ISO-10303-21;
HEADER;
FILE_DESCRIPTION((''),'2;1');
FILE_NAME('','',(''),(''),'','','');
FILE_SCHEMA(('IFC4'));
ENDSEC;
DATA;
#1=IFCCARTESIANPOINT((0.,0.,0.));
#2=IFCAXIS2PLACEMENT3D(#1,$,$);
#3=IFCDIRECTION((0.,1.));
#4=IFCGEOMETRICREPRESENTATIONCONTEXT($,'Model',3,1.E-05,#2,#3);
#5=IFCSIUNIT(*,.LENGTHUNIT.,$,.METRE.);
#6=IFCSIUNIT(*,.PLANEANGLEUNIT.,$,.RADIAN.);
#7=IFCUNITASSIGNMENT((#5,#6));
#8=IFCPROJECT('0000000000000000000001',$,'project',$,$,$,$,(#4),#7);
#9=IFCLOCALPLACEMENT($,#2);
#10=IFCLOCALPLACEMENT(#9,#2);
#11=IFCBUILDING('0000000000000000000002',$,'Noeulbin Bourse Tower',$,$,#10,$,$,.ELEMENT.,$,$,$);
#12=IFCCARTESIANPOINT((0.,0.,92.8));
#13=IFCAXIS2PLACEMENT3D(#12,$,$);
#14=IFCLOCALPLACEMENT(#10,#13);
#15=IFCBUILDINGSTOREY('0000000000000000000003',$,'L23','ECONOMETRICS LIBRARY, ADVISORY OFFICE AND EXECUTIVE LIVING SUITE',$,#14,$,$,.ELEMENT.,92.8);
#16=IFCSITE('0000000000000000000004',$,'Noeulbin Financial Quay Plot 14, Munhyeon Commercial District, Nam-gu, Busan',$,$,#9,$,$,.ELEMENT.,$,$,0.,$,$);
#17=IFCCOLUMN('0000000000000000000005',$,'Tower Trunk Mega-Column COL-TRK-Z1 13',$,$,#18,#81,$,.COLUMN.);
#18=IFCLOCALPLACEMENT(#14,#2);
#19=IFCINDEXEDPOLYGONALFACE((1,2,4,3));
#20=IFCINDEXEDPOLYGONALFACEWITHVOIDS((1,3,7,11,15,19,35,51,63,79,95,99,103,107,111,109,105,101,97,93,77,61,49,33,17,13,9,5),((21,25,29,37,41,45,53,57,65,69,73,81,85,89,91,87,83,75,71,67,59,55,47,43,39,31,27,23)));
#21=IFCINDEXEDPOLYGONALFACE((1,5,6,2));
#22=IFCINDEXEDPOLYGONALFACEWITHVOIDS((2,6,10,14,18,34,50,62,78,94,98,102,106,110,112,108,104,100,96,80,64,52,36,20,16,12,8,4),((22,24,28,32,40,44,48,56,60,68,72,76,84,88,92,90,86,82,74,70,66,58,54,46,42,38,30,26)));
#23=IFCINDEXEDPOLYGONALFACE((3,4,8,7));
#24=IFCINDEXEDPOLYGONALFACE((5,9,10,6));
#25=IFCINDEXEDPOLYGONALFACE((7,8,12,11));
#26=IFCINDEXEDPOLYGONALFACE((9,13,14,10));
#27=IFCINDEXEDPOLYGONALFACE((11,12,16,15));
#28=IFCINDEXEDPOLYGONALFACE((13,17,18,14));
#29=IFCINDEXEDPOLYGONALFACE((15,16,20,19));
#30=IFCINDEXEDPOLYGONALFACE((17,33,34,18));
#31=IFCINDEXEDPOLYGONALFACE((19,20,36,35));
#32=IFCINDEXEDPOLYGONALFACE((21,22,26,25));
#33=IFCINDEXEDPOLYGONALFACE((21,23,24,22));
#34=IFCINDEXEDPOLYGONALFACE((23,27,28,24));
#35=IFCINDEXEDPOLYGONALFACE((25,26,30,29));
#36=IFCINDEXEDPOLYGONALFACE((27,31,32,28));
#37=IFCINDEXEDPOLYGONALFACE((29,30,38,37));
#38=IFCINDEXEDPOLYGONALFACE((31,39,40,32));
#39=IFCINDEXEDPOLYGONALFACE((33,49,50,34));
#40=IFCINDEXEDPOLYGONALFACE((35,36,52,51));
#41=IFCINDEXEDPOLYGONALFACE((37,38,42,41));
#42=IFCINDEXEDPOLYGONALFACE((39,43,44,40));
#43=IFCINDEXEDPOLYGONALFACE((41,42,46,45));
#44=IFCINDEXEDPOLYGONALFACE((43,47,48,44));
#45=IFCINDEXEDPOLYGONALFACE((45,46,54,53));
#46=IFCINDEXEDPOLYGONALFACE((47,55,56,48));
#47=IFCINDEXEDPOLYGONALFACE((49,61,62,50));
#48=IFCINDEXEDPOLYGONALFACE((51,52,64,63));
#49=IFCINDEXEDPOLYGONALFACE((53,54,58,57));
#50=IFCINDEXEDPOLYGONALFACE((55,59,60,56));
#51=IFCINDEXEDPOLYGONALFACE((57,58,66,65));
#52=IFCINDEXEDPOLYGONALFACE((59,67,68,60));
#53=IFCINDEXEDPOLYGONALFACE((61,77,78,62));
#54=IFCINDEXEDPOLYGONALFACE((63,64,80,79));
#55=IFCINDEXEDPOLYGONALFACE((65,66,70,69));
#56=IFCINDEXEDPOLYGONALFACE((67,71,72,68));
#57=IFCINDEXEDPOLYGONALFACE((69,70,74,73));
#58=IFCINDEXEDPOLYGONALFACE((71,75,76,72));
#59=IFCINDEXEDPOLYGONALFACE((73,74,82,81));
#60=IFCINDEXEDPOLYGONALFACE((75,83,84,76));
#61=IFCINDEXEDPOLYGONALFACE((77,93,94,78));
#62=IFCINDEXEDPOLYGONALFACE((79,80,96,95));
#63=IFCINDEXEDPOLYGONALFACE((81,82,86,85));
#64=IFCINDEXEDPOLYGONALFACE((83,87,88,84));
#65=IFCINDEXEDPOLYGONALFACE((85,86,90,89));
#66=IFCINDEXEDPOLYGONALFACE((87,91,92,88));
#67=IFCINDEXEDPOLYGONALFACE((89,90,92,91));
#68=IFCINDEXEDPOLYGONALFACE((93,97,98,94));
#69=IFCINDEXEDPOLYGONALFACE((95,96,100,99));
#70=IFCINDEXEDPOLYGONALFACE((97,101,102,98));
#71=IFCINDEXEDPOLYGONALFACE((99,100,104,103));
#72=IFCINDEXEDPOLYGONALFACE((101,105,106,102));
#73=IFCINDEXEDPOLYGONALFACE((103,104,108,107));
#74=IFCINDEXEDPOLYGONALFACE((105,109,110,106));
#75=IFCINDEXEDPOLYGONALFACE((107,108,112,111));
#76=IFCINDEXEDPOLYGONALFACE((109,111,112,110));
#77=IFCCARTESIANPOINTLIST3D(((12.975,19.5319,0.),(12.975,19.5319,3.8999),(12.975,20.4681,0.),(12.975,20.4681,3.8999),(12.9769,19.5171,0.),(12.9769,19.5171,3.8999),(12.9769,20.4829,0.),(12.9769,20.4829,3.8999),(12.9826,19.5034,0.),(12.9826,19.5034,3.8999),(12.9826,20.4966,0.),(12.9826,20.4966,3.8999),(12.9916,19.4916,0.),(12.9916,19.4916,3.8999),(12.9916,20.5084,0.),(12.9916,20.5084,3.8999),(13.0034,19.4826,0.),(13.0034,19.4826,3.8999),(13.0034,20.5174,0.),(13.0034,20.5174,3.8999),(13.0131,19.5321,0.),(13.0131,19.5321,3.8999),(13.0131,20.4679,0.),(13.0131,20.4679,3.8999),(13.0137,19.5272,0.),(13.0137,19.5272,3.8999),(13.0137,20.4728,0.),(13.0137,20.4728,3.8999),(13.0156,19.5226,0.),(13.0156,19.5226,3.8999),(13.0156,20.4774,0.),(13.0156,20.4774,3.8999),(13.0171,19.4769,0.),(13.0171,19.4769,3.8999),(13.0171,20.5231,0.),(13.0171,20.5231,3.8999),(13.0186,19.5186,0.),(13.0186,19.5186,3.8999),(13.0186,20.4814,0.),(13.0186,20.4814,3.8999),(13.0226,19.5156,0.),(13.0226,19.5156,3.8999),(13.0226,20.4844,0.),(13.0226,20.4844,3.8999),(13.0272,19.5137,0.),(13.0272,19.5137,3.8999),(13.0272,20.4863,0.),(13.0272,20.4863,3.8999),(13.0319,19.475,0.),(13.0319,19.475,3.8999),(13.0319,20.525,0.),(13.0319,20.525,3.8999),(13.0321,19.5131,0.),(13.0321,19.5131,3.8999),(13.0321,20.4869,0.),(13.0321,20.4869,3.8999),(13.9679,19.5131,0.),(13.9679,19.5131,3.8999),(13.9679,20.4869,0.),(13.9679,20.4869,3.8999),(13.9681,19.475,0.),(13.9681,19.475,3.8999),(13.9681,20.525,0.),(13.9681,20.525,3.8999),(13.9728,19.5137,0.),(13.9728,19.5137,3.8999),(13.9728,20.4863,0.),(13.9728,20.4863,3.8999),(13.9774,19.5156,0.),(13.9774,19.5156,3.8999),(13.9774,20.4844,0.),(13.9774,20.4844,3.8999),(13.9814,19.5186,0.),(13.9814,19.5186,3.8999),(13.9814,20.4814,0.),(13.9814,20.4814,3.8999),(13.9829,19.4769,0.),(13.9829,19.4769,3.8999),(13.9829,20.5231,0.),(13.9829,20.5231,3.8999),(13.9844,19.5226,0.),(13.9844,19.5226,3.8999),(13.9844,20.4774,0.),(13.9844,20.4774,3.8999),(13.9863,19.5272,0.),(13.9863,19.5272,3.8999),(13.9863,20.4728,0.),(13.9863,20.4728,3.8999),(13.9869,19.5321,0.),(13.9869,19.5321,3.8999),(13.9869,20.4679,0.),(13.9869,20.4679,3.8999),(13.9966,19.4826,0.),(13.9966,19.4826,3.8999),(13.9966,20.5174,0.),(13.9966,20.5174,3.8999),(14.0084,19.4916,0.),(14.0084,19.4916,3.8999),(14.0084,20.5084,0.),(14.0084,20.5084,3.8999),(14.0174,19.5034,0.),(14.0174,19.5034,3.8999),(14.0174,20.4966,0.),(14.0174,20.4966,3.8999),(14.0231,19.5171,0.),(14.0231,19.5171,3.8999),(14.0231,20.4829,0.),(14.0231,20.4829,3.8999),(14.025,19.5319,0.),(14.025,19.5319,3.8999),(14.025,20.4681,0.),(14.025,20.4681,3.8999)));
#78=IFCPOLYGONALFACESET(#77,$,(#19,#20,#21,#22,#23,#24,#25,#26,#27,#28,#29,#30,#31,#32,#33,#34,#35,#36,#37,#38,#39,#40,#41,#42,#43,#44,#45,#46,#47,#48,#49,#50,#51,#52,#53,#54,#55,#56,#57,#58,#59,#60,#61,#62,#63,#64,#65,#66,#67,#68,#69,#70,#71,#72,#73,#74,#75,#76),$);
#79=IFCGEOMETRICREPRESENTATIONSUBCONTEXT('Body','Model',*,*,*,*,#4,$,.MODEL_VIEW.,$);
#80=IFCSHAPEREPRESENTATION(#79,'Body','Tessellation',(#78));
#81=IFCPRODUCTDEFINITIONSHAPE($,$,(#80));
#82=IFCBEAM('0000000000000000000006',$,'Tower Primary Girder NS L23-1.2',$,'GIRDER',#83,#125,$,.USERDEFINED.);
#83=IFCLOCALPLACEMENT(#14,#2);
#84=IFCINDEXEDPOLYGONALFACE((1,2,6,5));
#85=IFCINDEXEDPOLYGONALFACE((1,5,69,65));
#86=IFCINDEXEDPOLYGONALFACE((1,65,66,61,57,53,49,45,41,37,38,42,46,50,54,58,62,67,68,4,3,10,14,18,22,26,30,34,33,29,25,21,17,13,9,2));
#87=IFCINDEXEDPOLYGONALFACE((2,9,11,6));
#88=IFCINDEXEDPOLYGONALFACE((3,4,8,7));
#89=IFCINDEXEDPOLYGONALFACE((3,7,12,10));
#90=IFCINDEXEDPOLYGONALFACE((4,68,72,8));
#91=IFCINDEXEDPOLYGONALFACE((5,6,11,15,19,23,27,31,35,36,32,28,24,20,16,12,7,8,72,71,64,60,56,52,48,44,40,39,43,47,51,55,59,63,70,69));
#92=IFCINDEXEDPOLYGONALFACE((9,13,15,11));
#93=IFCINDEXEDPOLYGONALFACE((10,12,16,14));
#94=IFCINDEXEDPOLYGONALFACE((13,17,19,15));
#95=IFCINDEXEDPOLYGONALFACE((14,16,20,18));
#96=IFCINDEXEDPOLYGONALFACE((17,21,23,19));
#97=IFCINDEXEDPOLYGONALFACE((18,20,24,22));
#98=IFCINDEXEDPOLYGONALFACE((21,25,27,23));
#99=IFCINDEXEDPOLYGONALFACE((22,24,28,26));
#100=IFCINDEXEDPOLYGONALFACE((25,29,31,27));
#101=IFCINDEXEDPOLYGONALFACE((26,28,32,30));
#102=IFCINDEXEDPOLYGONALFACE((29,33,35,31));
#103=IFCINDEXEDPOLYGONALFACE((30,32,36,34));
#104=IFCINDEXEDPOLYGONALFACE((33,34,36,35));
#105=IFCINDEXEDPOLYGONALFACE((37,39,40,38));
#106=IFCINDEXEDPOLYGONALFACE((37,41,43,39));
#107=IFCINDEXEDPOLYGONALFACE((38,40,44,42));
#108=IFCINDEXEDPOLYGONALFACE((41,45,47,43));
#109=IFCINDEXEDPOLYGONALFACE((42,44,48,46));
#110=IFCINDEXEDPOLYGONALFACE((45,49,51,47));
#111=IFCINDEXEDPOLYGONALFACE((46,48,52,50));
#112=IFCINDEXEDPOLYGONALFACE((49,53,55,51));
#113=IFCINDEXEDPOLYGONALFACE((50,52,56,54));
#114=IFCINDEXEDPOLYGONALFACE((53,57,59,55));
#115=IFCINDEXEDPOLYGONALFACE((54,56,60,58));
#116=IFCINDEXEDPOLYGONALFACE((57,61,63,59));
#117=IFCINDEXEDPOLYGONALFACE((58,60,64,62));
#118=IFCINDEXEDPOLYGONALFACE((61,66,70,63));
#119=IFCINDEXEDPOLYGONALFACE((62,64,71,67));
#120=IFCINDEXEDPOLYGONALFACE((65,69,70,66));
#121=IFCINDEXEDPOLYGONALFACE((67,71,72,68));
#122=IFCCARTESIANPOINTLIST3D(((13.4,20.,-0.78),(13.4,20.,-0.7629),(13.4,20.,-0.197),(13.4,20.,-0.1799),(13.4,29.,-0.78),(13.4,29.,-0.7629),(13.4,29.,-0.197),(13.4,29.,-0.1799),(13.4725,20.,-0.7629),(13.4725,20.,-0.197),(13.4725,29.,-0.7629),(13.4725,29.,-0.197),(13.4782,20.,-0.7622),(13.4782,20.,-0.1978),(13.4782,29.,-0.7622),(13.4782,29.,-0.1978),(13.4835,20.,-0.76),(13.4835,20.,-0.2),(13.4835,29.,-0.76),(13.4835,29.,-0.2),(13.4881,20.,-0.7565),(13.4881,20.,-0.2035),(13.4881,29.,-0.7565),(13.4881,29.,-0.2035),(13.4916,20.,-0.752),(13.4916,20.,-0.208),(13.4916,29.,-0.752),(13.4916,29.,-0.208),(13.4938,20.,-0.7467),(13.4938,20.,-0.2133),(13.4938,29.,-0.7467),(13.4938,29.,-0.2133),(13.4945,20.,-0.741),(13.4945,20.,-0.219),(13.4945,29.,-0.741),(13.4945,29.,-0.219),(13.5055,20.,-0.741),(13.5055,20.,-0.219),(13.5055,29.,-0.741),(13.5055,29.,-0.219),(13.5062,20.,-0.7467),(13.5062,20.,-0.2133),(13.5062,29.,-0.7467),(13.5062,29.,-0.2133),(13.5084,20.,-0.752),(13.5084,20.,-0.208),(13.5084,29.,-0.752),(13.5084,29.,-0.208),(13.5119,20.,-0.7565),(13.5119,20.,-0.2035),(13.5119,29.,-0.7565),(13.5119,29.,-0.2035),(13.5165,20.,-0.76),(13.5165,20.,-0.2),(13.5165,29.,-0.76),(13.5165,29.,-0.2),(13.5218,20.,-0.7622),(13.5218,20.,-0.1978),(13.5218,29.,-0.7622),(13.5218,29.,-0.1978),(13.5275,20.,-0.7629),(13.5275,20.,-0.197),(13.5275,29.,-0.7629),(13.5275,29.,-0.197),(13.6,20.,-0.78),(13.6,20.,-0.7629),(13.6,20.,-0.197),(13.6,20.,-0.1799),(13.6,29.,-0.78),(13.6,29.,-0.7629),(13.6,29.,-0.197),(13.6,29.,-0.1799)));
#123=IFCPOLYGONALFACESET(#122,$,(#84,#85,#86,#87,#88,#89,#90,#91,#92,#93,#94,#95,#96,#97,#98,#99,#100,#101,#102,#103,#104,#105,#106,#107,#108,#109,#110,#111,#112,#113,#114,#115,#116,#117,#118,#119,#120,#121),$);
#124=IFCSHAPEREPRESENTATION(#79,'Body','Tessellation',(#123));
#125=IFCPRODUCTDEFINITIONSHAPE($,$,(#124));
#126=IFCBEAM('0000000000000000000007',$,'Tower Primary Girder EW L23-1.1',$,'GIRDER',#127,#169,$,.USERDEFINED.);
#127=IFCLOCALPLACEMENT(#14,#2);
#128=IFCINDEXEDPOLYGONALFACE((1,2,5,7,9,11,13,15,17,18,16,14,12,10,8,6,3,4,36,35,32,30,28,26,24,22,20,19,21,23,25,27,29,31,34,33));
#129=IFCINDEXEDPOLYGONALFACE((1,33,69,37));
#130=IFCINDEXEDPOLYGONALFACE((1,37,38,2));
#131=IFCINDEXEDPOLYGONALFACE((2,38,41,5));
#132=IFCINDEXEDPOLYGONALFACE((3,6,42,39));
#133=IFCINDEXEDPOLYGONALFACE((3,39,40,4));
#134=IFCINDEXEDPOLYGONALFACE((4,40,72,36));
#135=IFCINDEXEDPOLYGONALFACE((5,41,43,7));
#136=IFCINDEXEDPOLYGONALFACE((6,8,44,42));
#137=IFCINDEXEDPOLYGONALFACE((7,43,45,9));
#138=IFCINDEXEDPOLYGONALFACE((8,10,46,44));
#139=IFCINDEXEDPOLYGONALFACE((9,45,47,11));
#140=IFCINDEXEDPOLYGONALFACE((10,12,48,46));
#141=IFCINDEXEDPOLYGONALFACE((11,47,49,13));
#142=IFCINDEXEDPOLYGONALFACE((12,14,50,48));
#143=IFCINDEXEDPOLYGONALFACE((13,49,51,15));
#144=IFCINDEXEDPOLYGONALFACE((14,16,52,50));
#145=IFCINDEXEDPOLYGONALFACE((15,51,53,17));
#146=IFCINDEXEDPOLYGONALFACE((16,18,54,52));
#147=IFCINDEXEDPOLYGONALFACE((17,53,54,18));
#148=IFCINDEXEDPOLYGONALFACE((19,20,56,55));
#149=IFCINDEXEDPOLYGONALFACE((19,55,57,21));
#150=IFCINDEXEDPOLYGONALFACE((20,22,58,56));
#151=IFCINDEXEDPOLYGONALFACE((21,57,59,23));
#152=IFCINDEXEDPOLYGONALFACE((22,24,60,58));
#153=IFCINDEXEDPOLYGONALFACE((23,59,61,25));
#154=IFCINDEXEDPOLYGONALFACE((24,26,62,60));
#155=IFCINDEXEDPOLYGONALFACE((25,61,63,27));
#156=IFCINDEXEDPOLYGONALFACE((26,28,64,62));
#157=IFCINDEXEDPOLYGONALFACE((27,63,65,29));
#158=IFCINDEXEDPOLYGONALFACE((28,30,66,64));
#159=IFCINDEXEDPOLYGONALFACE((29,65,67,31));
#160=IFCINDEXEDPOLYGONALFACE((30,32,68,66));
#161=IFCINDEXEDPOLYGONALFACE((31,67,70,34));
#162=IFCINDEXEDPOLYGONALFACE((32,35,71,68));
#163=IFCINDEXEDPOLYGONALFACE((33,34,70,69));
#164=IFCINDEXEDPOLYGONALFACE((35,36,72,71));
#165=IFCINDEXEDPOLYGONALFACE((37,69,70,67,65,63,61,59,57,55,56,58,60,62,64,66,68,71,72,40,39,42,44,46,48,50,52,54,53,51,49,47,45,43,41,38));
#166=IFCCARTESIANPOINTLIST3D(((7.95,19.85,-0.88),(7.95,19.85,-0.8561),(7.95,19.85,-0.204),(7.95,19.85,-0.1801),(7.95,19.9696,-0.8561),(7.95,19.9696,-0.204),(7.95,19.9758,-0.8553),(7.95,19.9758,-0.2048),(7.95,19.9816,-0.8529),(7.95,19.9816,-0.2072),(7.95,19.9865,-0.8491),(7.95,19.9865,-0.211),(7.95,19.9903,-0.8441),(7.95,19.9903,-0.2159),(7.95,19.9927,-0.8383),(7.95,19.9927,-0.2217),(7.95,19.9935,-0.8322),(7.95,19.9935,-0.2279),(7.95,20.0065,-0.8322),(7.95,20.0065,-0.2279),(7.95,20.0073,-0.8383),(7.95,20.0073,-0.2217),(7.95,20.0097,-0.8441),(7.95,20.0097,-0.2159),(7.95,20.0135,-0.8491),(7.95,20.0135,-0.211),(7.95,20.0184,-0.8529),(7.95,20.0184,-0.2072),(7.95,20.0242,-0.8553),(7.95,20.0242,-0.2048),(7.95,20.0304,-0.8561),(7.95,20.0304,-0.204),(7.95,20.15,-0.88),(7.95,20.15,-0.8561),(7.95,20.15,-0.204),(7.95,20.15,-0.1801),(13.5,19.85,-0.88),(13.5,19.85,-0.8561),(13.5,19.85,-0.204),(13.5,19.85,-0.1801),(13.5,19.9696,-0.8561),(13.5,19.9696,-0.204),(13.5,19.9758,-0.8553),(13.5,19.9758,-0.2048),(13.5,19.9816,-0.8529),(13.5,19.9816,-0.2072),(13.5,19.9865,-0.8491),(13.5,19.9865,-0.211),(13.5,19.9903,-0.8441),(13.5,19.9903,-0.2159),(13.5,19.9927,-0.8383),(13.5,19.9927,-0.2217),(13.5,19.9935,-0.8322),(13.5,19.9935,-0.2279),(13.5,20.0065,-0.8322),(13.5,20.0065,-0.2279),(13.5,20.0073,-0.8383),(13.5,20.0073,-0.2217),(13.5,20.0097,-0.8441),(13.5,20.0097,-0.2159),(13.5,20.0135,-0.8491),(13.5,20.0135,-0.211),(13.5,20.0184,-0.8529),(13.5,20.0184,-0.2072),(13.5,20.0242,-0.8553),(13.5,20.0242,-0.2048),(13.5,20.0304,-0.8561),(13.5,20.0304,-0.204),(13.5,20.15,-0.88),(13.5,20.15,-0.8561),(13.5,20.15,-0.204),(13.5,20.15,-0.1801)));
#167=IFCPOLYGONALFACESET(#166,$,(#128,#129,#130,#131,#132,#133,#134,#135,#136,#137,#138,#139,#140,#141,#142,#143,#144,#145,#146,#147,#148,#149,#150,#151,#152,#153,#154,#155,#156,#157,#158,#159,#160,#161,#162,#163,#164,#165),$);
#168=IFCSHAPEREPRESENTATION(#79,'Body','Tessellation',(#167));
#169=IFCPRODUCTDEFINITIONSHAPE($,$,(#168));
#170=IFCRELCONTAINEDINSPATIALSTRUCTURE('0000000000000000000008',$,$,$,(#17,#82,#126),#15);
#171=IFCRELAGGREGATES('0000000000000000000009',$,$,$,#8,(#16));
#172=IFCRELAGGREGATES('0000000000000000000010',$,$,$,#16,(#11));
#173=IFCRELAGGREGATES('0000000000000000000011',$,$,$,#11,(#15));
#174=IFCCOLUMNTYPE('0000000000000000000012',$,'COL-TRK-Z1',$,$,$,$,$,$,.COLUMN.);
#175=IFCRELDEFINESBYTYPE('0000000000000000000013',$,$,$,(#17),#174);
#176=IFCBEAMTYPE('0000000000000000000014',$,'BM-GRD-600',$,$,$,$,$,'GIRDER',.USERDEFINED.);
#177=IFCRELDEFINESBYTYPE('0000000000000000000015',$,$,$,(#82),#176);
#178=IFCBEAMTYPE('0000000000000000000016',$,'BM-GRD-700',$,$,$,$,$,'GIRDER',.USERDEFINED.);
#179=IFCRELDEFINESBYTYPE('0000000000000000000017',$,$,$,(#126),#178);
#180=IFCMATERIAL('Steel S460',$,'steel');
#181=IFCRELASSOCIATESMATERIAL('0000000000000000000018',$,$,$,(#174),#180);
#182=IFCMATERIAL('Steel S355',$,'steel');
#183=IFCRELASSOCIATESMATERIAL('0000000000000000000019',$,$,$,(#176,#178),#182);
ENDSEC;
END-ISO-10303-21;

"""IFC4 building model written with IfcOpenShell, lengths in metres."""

from ifc_helpers import new_model, si_unit, direction, frame, origin, origin_2d, place, context, subcontext, project, spatial, hollow_rectangle, i_section, extrude, material, material_profile, profile_set, type_object, element, save


model = new_model("IFC4")

# Units and contexts
model_context = context("Model", 3, precision=1e-05, world=origin(), true_north=direction((0.0, 1.0)))
body_context = subcontext(model_context, "Body", "Model", "MODEL_VIEW")
ifc_project = project(units=[si_unit("LENGTHUNIT", "METRE"), si_unit("PLANEANGLEUNIT", "RADIAN")], contexts=[model_context])

# Site, building, storey
site_placement = place(None, origin())
site = spatial("IfcSite", under=ifc_project, at=site_placement, Name="Noeulbin Financial Quay Plot 14, Munhyeon Commercial District, Nam-gu, Busan", CompositionType="ELEMENT", RefElevation=0.0)
building_placement = place(site_placement, origin())
building = spatial("IfcBuilding", under=site, at=building_placement, Name="Noeulbin Bourse Tower", CompositionType="ELEMENT")
storey_placement = place(building_placement, frame((0.0, 0.0, 92.8)))
storey = spatial("IfcBuildingStorey", under=building, at=storey_placement, Name="L23", Description="ECONOMETRICS LIBRARY, ADVISORY OFFICE AND EXECUTIVE LIVING SUITE", CompositionType="ELEMENT", Elevation=92.8)

# Column
ifc_material_1 = material(Name="Steel S460", Category="steel")
ifc_material_profile_1 = material_profile(ifc_material_1, hollow_rectangle(XDim=1.05, YDim=1.05, WallThickness=0.0381, InnerFilletRadius=0.019, OuterFilletRadius=0.0569, at=origin_2d()), Name="BOX-1050x1050x38", Category="LoadBearing")
ifc_profile_set_1 = profile_set([ifc_material_profile_1], Name="Steel S460")
column_type = type_object("IfcColumnType", Name="COL-TRK-Z1", PredefinedType="COLUMN", material=ifc_profile_set_1)
column_placement = place(storey_placement, frame((13.5, 20.0, 0.0), z_axis=(0.0, 0.0, 1.0), x_axis=(1.0, 0.0, 0.0)))
element("IfcColumn", 1, at=column_placement, inside=storey, type_object=column_type, Name="Tower Trunk Mega-Column COL-TRK-Z1 13", PredefinedType="COLUMN", context=body_context, shape_type="SweptSolid", body=[
    extrude(hollow_rectangle(XDim=1.05, YDim=1.05, WallThickness=0.0381, InnerFilletRadius=0.019, OuterFilletRadius=0.0569, at=origin_2d()), origin(), (0.0, 0.0, 1.0), 3.8999),
])

# Beams
ifc_material_2 = material(Name="Steel S355", Category="steel")
ifc_material_profile_2 = material_profile(ifc_material_2, i_section(OverallWidth=0.2, OverallDepth=0.6001, WebThickness=0.011, FlangeThickness=0.0171, FilletRadius=0.022, at=origin_2d()), Name="H-600x200x11x17", Category="LoadBearing")
ifc_profile_set_2 = profile_set([ifc_material_profile_2], Name="Steel S355")
beam_type_1 = type_object("IfcBeamType", Name="BM-GRD-600", ElementType="GIRDER", PredefinedType="USERDEFINED", material=ifc_profile_set_2)
beam_1_placement = place(storey_placement, frame((13.5, 20.0, -0.48), z_axis=(0.0, 1.0, 0.0), x_axis=(-1.0, 0.0, 0.0)))
element("IfcBeam", 2, at=beam_1_placement, inside=storey, type_object=beam_type_1, Name="Tower Primary Girder NS L23-1.2", ObjectType="GIRDER", PredefinedType="USERDEFINED", context=body_context, shape_type="SweptSolid", body=[
    extrude(i_section(OverallWidth=0.2, OverallDepth=0.6001, WebThickness=0.011, FlangeThickness=0.0171, FilletRadius=0.022, at=origin_2d()), origin(), (0.0, 0.0, 1.0), 9.0),
])
ifc_material_profile_3 = material_profile(ifc_material_2, i_section(OverallWidth=0.3, OverallDepth=0.7, WebThickness=0.0129, FlangeThickness=0.0239, FilletRadius=0.0239, at=origin_2d()), Name="H-700x300x13x24", Category="LoadBearing")
ifc_profile_set_3 = profile_set([ifc_material_profile_3], Name="Steel S355")
beam_type_2 = type_object("IfcBeamType", Name="BM-GRD-700", ElementType="GIRDER", PredefinedType="USERDEFINED", material=ifc_profile_set_3)
beam_2_placement = place(storey_placement, frame((7.95, 20.0, -0.53), z_axis=(1.0, 0.0, 0.0), x_axis=(0.0, 1.0, 0.0)))
element("IfcBeam", 3, at=beam_2_placement, inside=storey, type_object=beam_type_2, Name="Tower Primary Girder EW L23-1.1", ObjectType="GIRDER", PredefinedType="USERDEFINED", context=body_context, shape_type="SweptSolid", body=[
    extrude(i_section(OverallWidth=0.3, OverallDepth=0.7, WebThickness=0.0129, FlangeThickness=0.0239, FilletRadius=0.0239, at=origin_2d()), origin(), (0.0, 0.0, 1.0), 5.55),
])

save(model, "model.ifc")
